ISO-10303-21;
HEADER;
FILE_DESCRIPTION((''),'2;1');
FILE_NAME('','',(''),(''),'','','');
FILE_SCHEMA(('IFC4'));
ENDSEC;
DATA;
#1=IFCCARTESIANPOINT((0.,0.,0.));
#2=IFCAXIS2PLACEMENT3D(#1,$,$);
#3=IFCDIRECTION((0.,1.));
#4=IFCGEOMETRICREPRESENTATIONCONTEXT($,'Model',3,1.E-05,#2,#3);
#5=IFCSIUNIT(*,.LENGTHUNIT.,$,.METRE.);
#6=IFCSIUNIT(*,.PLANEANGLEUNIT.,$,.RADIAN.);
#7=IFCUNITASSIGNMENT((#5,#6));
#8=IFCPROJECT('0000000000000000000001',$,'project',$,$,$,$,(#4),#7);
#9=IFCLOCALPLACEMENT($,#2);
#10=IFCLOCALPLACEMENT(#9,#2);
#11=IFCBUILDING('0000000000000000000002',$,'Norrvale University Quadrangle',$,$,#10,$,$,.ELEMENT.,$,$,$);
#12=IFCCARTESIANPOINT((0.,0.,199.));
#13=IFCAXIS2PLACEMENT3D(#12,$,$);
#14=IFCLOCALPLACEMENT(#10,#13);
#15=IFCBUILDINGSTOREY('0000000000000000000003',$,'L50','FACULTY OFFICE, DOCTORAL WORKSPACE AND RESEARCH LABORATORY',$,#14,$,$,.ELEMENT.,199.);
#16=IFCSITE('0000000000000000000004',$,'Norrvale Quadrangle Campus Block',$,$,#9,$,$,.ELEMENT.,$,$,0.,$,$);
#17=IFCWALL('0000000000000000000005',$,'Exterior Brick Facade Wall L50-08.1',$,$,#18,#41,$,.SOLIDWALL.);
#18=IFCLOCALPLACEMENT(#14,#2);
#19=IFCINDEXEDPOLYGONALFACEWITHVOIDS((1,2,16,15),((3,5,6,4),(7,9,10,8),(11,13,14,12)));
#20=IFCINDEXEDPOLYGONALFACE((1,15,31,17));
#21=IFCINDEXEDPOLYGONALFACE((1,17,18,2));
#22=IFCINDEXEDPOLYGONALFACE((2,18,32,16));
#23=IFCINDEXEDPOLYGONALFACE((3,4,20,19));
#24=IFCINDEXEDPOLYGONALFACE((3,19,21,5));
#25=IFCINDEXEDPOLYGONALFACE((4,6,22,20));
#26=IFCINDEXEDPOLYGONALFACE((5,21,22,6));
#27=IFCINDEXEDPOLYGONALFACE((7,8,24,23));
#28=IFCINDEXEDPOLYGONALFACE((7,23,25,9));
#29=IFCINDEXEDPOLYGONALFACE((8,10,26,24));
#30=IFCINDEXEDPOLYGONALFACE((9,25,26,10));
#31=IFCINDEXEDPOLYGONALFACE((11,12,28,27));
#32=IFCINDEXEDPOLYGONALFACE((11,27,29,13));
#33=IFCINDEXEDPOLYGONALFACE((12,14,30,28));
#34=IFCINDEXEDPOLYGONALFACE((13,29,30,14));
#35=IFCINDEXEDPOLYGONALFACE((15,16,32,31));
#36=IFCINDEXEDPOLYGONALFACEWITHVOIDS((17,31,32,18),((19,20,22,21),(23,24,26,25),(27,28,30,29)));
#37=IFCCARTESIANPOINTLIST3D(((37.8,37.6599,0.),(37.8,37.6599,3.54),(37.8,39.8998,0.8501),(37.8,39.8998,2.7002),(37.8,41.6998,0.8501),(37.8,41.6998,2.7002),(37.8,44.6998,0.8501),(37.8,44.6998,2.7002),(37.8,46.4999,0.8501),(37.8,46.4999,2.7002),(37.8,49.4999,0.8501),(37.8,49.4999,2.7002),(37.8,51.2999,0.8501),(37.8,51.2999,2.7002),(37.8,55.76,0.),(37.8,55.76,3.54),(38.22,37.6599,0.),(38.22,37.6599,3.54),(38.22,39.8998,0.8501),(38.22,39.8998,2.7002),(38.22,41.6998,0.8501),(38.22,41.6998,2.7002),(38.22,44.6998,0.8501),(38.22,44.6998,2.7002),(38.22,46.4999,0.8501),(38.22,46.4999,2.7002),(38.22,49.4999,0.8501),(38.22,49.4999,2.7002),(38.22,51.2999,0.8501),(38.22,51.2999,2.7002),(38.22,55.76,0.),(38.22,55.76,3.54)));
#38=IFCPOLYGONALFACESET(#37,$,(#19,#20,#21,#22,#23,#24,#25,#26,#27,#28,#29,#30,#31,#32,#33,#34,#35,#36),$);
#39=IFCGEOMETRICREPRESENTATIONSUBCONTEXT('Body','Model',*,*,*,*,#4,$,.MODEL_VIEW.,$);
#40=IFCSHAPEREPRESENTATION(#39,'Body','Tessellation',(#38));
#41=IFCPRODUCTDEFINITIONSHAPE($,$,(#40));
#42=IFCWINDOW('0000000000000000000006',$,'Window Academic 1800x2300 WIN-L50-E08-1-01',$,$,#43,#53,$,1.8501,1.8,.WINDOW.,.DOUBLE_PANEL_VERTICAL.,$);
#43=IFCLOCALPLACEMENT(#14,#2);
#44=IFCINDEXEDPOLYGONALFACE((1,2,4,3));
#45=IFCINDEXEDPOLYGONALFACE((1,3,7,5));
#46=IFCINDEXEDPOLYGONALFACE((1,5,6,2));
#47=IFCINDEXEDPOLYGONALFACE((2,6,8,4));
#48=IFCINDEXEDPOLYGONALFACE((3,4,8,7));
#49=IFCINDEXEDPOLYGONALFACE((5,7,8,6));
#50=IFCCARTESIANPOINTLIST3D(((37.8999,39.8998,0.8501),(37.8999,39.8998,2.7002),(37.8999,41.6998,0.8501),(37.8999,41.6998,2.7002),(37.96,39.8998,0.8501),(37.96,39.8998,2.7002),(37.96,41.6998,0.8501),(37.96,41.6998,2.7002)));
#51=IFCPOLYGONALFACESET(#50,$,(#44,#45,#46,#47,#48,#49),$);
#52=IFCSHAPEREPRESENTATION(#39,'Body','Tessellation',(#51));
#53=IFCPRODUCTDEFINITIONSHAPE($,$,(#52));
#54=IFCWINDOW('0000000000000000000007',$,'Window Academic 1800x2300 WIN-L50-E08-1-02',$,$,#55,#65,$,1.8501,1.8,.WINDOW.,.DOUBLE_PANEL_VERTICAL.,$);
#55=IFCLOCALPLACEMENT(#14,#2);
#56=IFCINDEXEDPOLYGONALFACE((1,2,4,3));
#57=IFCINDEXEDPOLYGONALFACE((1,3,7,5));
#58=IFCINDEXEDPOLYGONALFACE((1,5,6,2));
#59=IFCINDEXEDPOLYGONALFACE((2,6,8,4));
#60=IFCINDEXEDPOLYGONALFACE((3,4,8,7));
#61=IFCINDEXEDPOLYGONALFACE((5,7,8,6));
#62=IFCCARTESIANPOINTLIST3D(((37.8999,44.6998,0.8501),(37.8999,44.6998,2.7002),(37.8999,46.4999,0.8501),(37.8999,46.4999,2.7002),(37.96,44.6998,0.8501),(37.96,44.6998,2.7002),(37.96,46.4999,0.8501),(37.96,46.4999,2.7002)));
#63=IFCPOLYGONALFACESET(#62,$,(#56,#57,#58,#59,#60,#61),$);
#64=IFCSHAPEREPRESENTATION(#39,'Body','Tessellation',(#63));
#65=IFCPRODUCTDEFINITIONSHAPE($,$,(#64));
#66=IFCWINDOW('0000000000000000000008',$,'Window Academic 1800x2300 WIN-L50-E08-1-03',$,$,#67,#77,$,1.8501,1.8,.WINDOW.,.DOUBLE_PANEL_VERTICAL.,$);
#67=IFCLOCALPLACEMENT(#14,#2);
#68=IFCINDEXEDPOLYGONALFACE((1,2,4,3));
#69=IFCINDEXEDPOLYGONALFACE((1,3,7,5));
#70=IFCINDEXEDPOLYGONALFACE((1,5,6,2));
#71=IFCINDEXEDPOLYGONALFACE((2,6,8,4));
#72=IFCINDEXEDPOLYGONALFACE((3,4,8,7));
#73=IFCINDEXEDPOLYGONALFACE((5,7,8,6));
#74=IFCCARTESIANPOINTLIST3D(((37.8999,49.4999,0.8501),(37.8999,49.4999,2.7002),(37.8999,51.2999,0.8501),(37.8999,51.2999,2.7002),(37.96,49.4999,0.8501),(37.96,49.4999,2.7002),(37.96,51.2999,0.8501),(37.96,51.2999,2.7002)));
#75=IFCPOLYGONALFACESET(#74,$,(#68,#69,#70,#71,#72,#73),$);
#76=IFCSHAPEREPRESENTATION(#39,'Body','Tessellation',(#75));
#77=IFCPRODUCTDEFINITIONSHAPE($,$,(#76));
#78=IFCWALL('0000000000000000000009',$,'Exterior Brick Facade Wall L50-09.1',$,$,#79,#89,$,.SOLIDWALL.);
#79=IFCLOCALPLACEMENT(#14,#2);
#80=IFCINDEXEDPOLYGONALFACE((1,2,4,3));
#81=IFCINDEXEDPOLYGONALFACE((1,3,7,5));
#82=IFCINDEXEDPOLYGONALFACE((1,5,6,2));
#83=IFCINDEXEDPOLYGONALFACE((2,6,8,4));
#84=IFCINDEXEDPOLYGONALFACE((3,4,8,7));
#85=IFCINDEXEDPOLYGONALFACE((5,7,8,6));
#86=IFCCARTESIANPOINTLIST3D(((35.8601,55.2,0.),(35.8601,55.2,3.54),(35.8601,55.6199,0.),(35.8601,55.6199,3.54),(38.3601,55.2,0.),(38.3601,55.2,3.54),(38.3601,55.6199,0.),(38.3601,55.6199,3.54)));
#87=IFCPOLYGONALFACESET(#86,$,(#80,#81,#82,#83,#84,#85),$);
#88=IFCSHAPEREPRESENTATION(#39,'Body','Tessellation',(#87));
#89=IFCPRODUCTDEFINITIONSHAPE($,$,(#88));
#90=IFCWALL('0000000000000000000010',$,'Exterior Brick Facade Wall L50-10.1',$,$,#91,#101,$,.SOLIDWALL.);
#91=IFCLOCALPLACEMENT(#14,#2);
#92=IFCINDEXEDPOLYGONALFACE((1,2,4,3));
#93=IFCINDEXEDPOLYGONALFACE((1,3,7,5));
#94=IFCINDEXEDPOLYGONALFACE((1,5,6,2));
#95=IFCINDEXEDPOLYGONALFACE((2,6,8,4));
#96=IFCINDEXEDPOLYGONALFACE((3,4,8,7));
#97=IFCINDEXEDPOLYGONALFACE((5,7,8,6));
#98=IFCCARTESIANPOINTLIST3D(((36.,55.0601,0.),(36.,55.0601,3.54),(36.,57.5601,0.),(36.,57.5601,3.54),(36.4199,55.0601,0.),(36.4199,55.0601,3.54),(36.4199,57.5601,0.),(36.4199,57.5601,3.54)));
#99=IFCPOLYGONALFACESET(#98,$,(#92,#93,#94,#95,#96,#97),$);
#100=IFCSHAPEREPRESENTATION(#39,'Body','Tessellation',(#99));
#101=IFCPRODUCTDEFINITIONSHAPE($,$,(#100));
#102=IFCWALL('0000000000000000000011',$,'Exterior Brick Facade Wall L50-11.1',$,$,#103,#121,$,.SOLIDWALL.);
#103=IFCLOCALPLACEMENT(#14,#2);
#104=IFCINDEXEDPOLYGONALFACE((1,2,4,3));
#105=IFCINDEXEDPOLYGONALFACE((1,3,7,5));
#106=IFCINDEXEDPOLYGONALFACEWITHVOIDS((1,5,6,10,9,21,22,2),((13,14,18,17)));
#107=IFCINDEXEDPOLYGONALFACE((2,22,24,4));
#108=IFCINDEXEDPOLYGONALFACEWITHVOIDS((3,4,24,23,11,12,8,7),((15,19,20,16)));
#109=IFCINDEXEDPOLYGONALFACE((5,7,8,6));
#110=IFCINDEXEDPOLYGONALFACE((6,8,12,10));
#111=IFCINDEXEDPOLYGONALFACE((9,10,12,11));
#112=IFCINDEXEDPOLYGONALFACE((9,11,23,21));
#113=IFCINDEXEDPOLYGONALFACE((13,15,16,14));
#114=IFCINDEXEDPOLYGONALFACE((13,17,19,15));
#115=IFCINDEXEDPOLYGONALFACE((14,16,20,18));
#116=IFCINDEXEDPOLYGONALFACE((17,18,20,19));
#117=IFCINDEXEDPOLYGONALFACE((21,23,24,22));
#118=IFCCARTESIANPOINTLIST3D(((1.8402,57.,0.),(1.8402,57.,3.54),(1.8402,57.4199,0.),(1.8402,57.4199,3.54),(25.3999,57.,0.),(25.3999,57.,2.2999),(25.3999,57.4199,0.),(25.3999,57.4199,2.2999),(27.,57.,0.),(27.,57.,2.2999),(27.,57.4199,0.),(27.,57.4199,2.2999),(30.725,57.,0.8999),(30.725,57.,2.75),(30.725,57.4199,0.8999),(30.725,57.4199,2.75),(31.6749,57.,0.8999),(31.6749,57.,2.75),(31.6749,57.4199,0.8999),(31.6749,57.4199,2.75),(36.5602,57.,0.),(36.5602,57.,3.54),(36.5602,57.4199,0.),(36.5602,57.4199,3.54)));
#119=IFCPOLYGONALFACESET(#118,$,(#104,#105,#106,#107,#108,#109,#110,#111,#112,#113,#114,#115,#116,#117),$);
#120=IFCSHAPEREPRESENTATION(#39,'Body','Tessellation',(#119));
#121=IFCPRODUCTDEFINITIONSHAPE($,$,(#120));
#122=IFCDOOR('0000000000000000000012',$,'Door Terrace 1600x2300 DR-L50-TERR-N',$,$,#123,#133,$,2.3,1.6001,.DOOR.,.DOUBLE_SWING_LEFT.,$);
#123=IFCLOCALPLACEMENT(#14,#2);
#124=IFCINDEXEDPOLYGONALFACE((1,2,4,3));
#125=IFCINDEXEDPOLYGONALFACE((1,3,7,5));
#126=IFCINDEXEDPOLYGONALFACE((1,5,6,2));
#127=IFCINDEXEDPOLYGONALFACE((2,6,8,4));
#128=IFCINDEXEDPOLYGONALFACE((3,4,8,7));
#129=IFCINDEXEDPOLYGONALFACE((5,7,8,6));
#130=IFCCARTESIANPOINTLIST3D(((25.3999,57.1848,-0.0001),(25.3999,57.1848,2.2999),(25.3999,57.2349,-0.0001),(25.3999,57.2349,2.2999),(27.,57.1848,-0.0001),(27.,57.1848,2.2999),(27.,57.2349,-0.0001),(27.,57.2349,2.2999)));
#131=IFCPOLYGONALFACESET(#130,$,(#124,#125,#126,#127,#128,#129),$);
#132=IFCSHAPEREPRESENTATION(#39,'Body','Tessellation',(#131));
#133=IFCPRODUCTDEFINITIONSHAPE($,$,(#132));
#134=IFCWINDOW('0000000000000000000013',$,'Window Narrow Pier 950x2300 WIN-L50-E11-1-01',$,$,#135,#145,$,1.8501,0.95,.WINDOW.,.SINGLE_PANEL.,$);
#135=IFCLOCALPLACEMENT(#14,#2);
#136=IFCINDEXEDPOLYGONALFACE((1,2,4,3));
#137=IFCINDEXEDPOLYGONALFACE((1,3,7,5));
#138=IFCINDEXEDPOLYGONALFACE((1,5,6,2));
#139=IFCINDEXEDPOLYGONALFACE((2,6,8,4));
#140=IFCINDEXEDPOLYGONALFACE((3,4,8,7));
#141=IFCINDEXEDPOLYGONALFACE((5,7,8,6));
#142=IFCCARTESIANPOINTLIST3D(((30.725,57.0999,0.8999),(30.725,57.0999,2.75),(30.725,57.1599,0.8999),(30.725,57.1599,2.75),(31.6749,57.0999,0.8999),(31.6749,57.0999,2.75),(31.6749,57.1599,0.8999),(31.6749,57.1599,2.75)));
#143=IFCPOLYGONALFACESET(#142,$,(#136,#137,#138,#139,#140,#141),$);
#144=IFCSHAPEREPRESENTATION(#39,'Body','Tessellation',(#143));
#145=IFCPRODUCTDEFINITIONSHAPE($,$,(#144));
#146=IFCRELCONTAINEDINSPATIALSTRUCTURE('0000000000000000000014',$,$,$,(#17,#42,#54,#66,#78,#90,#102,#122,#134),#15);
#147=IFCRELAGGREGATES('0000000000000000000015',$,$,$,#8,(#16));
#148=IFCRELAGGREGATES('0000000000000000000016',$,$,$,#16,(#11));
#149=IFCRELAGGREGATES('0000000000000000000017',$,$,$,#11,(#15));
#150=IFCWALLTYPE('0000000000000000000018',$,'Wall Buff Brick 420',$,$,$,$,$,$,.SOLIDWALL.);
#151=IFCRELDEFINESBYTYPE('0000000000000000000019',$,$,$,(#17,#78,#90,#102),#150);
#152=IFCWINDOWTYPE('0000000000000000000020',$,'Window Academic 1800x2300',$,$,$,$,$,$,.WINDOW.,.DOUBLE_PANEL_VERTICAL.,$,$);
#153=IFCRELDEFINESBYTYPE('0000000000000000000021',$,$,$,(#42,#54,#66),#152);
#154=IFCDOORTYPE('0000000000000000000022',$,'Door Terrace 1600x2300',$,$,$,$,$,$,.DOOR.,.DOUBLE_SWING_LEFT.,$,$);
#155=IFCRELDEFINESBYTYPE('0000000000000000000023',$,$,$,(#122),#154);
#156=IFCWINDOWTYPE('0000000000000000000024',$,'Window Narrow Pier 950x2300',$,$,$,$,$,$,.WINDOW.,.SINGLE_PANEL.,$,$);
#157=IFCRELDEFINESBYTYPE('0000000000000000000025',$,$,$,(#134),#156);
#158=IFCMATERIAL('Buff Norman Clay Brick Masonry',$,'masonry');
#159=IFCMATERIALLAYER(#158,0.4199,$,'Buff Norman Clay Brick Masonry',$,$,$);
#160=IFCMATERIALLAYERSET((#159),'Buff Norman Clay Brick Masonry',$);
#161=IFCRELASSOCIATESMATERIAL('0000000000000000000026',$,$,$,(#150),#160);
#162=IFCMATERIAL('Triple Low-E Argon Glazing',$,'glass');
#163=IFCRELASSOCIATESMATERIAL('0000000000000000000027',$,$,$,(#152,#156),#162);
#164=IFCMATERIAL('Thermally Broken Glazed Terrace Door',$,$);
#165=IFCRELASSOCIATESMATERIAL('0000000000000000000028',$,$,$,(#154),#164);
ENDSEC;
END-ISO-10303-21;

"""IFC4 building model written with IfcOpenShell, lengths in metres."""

from ifc_helpers import new_model, si_unit, direction, frame, frame_2d, origin, place, context, subcontext, project, spatial, rectangle, extrude, material, layer, layer_set, type_object, element, fill, save


model = new_model("IFC4")

# Units and contexts
model_context = context("Model", 3, precision=1e-05, world=origin(), true_north=direction((0.0, 1.0)))
body_context = subcontext(model_context, "Body", "Model", "MODEL_VIEW")
ifc_project = project(units=[si_unit("LENGTHUNIT", "METRE"), si_unit("PLANEANGLEUNIT", "RADIAN")], contexts=[model_context])

# Site, building, storey
site_placement = place(None, origin())
site = spatial("IfcSite", under=ifc_project, at=site_placement, Name="Norrvale Quadrangle Campus Block", CompositionType="ELEMENT", RefElevation=0.0)
building_placement = place(site_placement, origin())
building = spatial("IfcBuilding", under=site, at=building_placement, Name="Norrvale University Quadrangle", CompositionType="ELEMENT")
storey_placement = place(building_placement, frame((0.0, 0.0, 199.0)))
storey = spatial("IfcBuildingStorey", under=building, at=storey_placement, Name="L50", Description="FACULTY OFFICE, DOCTORAL WORKSPACE AND RESEARCH LABORATORY", CompositionType="ELEMENT", Elevation=199.0)

# Wall, openings, windows
ifc_material_1 = material(Name="Buff Norman Clay Brick Masonry", Category="masonry")
ifc_layer = layer(ifc_material_1, 0.4199, Name="Buff Norman Clay Brick Masonry")
ifc_layer_set = layer_set([ifc_layer], Name="Buff Norman Clay Brick Masonry")
wall_type = type_object("IfcWallType", Name="Wall Buff Brick 420", PredefinedType="SOLIDWALL", material=ifc_layer_set)
ifc_material_2 = material(Name="Triple Low-E Argon Glazing", Category="glass")
window_type_1 = type_object("IfcWindowType", Name="Window Academic 1800x2300", PartitioningType="DOUBLE_PANEL_VERTICAL", PredefinedType="WINDOW", material=ifc_material_2)
wall_1_placement = place(storey_placement, frame((38.01, 37.6599, 0.0), z_axis=(0.0, 0.0, 1.0), x_axis=(0.0, 1.0, 0.0)))
wall_1 = element("IfcWall", 1, at=wall_1_placement, inside=storey, type_object=wall_type, Name="Exterior Brick Facade Wall L50-08.1", PredefinedType="SOLIDWALL", context=body_context, shape_type="SweptSolid", body=[
    extrude(rectangle(XDim=18.1001, YDim=0.4199, at=frame_2d((9.05, 0.0))), origin(), (0.0, 0.0, 1.0), 3.54),
])
opening_1_placement = place(wall_1_placement, frame((2.24, 0.0, 0.8501)))
opening_1 = element("IfcOpeningElement", 2, at=opening_1_placement, cuts=wall_1, PredefinedType="OPENING", context=body_context, shape_type="SweptSolid", body=[
    extrude(rectangle(XDim=1.8, YDim=1.8501, at=frame_2d((0.8999, 0.925))), frame((0.0, 0.2219, 0.0), z_axis=(0.0, -1.0, 0.0), x_axis=(1.0, 0.0, 0.0)), (0.0, 0.0, 1.0), 0.4438),
])
opening_2_placement = place(wall_1_placement, frame((7.04, 0.0, 0.8501)))
opening_2 = element("IfcOpeningElement", 3, at=opening_2_placement, cuts=wall_1, PredefinedType="OPENING", context=body_context, shape_type="SweptSolid", body=[
    extrude(rectangle(XDim=1.8, YDim=1.8501, at=frame_2d((0.8999, 0.925))), frame((0.0, 0.2219, 0.0), z_axis=(0.0, -1.0, 0.0), x_axis=(1.0, 0.0, 0.0)), (0.0, 0.0, 1.0), 0.4438),
])
opening_3_placement = place(wall_1_placement, frame((11.8401, 0.0, 0.8501)))
opening_3 = element("IfcOpeningElement", 4, at=opening_3_placement, cuts=wall_1, PredefinedType="OPENING", context=body_context, shape_type="SweptSolid", body=[
    extrude(rectangle(XDim=1.8, YDim=1.8501, at=frame_2d((0.8999, 0.925))), frame((0.0, 0.2219, 0.0), z_axis=(0.0, -1.0, 0.0), x_axis=(1.0, 0.0, 0.0)), (0.0, 0.0, 1.0), 0.4438),
])
window_1_placement = place(opening_1_placement, origin())
window_1 = element("IfcWindow", 5, at=window_1_placement, inside=storey, type_object=window_type_1, Name="Window Academic 1800x2300 WIN-L50-E08-1-01", OverallHeight=1.8501, OverallWidth=1.8, PartitioningType="DOUBLE_PANEL_VERTICAL", PredefinedType="WINDOW", context=body_context, shape_type="SweptSolid", body=[
    extrude(rectangle(XDim=1.8, YDim=1.8501, at=frame_2d((0.8999, 0.925))), frame((0.0, 0.1101, 0.0), z_axis=(0.0, -1.0, 0.0), x_axis=(1.0, 0.0, 0.0)), (0.0, 0.0, 1.0), 0.0601),
])
fill(opening_1, window_1)
window_2_placement = place(opening_2_placement, origin())
window_2 = element("IfcWindow", 6, at=window_2_placement, inside=storey, type_object=window_type_1, Name="Window Academic 1800x2300 WIN-L50-E08-1-02", OverallHeight=1.8501, OverallWidth=1.8, PartitioningType="DOUBLE_PANEL_VERTICAL", PredefinedType="WINDOW", context=body_context, shape_type="SweptSolid", body=[
    extrude(rectangle(XDim=1.8, YDim=1.8501, at=frame_2d((0.8999, 0.925))), frame((0.0, 0.1101, 0.0), z_axis=(0.0, -1.0, 0.0), x_axis=(1.0, 0.0, 0.0)), (0.0, 0.0, 1.0), 0.0601),
])
fill(opening_2, window_2)
window_3_placement = place(opening_3_placement, origin())
window_3 = element("IfcWindow", 7, at=window_3_placement, inside=storey, type_object=window_type_1, Name="Window Academic 1800x2300 WIN-L50-E08-1-03", OverallHeight=1.8501, OverallWidth=1.8, PartitioningType="DOUBLE_PANEL_VERTICAL", PredefinedType="WINDOW", context=body_context, shape_type="SweptSolid", body=[
    extrude(rectangle(XDim=1.8, YDim=1.8501, at=frame_2d((0.8999, 0.925))), frame((0.0, 0.1101, 0.0), z_axis=(0.0, -1.0, 0.0), x_axis=(1.0, 0.0, 0.0)), (0.0, 0.0, 1.0), 0.0601),
])
fill(opening_3, window_3)

# Walls
for number, where, z_axis, x_axis, name in (
    (8, (38.3601, 55.4099, 0.0), (0.0, 0.0, 1.0), (-1.0, 0.0, 0.0), "Exterior Brick Facade Wall L50-09.1"),
    (9, (36.21, 55.0601, 0.0), (0.0, 0.0, 1.0), (0.0, 1.0, 0.0), "Exterior Brick Facade Wall L50-10.1"),
):
    element("IfcWall", number, at=place(storey_placement, frame(where, z_axis=z_axis, x_axis=x_axis)), inside=storey, type_object=wall_type, Name=name, PredefinedType="SOLIDWALL", context=body_context, shape_type="SweptSolid", body=[
        extrude(rectangle(XDim=2.5, YDim=0.4199, at=frame_2d((1.25, 0.0))), origin(), (0.0, 0.0, 1.0), 3.54),
    ])

# Wall, openings, door, window
wall_2_placement = place(storey_placement, frame((36.5601, 57.21, 0.0), z_axis=(0.0, 0.0, 1.0), x_axis=(-1.0, 0.0, 0.0)))
wall_2 = element("IfcWall", 10, at=wall_2_placement, inside=storey, type_object=wall_type, Name="Exterior Brick Facade Wall L50-11.1", PredefinedType="SOLIDWALL", context=body_context, shape_type="SweptSolid", body=[
    extrude(rectangle(XDim=34.72, YDim=0.4199, at=frame_2d((17.3599, 0.0))), origin(), (0.0, 0.0, 1.0), 3.54),
])
opening_4_placement = place(wall_2_placement, frame((9.5601, 0.0, 0.0)))
opening_4 = element("IfcOpeningElement", 11, at=opening_4_placement, cuts=wall_2, PredefinedType="OPENING", context=body_context, shape_type="SweptSolid", body=[
    extrude(rectangle(XDim=1.6001, YDim=2.3, at=frame_2d((0.8, 1.1499))), frame((0.0, 0.2219, 0.0), z_axis=(0.0, -1.0, 0.0), x_axis=(1.0, 0.0, 0.0)), (0.0, 0.0, 1.0), 0.4438),
])
opening_5_placement = place(wall_2_placement, frame((4.885, 0.0, 0.8999)))
opening_5 = element("IfcOpeningElement", 12, at=opening_5_placement, cuts=wall_2, PredefinedType="OPENING", context=body_context, shape_type="SweptSolid", body=[
    extrude(rectangle(XDim=0.95, YDim=1.8501, at=frame_2d((0.4751, 0.925))), frame((0.0, 0.2219, 0.0), z_axis=(0.0, -1.0, 0.0), x_axis=(1.0, 0.0, 0.0)), (0.0, 0.0, 1.0), 0.4438),
])
ifc_material_3 = material(Name="Thermally Broken Glazed Terrace Door")
door_type = type_object("IfcDoorType", Name="Door Terrace 1600x2300", OperationType="DOUBLE_SWING_LEFT", PredefinedType="DOOR", material=ifc_material_3)
door_placement = place(opening_4_placement, frame((1.6001, 0.0, 0.0), z_axis=(0.0, 0.0, 1.0), x_axis=(-1.0, 0.0, 0.0)))
door = element("IfcDoor", 13, at=door_placement, inside=storey, type_object=door_type, Name="Door Terrace 1600x2300 DR-L50-TERR-N", OperationType="DOUBLE_SWING_LEFT", OverallHeight=2.3, OverallWidth=1.6001, PredefinedType="DOOR", context=body_context, shape_type="SweptSolid", body=[
    extrude(rectangle(XDim=1.6001, YDim=2.3, at=frame_2d((0.8, 1.1499))), frame((0.0, 0.0249, 0.0), z_axis=(0.0, -1.0, 0.0), x_axis=(1.0, 0.0, 0.0)), (0.0, 0.0, 1.0), 0.05),
])
fill(opening_4, door)
window_type_2 = type_object("IfcWindowType", Name="Window Narrow Pier 950x2300", PartitioningType="SINGLE_PANEL", PredefinedType="WINDOW", material=ifc_material_2)
window_4_placement = place(opening_5_placement, origin())
window_4 = element("IfcWindow", 14, at=window_4_placement, inside=storey, type_object=window_type_2, Name="Window Narrow Pier 950x2300 WIN-L50-E11-1-01", OverallHeight=1.8501, OverallWidth=0.95, PartitioningType="SINGLE_PANEL", PredefinedType="WINDOW", context=body_context, shape_type="SweptSolid", body=[
    extrude(rectangle(XDim=0.95, YDim=1.8501, at=frame_2d((0.4751, 0.925))), frame((0.0, 0.1101, 0.0), z_axis=(0.0, -1.0, 0.0), x_axis=(1.0, 0.0, 0.0)), (0.0, 0.0, 1.0), 0.0601),
])
fill(opening_5, window_4)

save(model, "model.ifc")
